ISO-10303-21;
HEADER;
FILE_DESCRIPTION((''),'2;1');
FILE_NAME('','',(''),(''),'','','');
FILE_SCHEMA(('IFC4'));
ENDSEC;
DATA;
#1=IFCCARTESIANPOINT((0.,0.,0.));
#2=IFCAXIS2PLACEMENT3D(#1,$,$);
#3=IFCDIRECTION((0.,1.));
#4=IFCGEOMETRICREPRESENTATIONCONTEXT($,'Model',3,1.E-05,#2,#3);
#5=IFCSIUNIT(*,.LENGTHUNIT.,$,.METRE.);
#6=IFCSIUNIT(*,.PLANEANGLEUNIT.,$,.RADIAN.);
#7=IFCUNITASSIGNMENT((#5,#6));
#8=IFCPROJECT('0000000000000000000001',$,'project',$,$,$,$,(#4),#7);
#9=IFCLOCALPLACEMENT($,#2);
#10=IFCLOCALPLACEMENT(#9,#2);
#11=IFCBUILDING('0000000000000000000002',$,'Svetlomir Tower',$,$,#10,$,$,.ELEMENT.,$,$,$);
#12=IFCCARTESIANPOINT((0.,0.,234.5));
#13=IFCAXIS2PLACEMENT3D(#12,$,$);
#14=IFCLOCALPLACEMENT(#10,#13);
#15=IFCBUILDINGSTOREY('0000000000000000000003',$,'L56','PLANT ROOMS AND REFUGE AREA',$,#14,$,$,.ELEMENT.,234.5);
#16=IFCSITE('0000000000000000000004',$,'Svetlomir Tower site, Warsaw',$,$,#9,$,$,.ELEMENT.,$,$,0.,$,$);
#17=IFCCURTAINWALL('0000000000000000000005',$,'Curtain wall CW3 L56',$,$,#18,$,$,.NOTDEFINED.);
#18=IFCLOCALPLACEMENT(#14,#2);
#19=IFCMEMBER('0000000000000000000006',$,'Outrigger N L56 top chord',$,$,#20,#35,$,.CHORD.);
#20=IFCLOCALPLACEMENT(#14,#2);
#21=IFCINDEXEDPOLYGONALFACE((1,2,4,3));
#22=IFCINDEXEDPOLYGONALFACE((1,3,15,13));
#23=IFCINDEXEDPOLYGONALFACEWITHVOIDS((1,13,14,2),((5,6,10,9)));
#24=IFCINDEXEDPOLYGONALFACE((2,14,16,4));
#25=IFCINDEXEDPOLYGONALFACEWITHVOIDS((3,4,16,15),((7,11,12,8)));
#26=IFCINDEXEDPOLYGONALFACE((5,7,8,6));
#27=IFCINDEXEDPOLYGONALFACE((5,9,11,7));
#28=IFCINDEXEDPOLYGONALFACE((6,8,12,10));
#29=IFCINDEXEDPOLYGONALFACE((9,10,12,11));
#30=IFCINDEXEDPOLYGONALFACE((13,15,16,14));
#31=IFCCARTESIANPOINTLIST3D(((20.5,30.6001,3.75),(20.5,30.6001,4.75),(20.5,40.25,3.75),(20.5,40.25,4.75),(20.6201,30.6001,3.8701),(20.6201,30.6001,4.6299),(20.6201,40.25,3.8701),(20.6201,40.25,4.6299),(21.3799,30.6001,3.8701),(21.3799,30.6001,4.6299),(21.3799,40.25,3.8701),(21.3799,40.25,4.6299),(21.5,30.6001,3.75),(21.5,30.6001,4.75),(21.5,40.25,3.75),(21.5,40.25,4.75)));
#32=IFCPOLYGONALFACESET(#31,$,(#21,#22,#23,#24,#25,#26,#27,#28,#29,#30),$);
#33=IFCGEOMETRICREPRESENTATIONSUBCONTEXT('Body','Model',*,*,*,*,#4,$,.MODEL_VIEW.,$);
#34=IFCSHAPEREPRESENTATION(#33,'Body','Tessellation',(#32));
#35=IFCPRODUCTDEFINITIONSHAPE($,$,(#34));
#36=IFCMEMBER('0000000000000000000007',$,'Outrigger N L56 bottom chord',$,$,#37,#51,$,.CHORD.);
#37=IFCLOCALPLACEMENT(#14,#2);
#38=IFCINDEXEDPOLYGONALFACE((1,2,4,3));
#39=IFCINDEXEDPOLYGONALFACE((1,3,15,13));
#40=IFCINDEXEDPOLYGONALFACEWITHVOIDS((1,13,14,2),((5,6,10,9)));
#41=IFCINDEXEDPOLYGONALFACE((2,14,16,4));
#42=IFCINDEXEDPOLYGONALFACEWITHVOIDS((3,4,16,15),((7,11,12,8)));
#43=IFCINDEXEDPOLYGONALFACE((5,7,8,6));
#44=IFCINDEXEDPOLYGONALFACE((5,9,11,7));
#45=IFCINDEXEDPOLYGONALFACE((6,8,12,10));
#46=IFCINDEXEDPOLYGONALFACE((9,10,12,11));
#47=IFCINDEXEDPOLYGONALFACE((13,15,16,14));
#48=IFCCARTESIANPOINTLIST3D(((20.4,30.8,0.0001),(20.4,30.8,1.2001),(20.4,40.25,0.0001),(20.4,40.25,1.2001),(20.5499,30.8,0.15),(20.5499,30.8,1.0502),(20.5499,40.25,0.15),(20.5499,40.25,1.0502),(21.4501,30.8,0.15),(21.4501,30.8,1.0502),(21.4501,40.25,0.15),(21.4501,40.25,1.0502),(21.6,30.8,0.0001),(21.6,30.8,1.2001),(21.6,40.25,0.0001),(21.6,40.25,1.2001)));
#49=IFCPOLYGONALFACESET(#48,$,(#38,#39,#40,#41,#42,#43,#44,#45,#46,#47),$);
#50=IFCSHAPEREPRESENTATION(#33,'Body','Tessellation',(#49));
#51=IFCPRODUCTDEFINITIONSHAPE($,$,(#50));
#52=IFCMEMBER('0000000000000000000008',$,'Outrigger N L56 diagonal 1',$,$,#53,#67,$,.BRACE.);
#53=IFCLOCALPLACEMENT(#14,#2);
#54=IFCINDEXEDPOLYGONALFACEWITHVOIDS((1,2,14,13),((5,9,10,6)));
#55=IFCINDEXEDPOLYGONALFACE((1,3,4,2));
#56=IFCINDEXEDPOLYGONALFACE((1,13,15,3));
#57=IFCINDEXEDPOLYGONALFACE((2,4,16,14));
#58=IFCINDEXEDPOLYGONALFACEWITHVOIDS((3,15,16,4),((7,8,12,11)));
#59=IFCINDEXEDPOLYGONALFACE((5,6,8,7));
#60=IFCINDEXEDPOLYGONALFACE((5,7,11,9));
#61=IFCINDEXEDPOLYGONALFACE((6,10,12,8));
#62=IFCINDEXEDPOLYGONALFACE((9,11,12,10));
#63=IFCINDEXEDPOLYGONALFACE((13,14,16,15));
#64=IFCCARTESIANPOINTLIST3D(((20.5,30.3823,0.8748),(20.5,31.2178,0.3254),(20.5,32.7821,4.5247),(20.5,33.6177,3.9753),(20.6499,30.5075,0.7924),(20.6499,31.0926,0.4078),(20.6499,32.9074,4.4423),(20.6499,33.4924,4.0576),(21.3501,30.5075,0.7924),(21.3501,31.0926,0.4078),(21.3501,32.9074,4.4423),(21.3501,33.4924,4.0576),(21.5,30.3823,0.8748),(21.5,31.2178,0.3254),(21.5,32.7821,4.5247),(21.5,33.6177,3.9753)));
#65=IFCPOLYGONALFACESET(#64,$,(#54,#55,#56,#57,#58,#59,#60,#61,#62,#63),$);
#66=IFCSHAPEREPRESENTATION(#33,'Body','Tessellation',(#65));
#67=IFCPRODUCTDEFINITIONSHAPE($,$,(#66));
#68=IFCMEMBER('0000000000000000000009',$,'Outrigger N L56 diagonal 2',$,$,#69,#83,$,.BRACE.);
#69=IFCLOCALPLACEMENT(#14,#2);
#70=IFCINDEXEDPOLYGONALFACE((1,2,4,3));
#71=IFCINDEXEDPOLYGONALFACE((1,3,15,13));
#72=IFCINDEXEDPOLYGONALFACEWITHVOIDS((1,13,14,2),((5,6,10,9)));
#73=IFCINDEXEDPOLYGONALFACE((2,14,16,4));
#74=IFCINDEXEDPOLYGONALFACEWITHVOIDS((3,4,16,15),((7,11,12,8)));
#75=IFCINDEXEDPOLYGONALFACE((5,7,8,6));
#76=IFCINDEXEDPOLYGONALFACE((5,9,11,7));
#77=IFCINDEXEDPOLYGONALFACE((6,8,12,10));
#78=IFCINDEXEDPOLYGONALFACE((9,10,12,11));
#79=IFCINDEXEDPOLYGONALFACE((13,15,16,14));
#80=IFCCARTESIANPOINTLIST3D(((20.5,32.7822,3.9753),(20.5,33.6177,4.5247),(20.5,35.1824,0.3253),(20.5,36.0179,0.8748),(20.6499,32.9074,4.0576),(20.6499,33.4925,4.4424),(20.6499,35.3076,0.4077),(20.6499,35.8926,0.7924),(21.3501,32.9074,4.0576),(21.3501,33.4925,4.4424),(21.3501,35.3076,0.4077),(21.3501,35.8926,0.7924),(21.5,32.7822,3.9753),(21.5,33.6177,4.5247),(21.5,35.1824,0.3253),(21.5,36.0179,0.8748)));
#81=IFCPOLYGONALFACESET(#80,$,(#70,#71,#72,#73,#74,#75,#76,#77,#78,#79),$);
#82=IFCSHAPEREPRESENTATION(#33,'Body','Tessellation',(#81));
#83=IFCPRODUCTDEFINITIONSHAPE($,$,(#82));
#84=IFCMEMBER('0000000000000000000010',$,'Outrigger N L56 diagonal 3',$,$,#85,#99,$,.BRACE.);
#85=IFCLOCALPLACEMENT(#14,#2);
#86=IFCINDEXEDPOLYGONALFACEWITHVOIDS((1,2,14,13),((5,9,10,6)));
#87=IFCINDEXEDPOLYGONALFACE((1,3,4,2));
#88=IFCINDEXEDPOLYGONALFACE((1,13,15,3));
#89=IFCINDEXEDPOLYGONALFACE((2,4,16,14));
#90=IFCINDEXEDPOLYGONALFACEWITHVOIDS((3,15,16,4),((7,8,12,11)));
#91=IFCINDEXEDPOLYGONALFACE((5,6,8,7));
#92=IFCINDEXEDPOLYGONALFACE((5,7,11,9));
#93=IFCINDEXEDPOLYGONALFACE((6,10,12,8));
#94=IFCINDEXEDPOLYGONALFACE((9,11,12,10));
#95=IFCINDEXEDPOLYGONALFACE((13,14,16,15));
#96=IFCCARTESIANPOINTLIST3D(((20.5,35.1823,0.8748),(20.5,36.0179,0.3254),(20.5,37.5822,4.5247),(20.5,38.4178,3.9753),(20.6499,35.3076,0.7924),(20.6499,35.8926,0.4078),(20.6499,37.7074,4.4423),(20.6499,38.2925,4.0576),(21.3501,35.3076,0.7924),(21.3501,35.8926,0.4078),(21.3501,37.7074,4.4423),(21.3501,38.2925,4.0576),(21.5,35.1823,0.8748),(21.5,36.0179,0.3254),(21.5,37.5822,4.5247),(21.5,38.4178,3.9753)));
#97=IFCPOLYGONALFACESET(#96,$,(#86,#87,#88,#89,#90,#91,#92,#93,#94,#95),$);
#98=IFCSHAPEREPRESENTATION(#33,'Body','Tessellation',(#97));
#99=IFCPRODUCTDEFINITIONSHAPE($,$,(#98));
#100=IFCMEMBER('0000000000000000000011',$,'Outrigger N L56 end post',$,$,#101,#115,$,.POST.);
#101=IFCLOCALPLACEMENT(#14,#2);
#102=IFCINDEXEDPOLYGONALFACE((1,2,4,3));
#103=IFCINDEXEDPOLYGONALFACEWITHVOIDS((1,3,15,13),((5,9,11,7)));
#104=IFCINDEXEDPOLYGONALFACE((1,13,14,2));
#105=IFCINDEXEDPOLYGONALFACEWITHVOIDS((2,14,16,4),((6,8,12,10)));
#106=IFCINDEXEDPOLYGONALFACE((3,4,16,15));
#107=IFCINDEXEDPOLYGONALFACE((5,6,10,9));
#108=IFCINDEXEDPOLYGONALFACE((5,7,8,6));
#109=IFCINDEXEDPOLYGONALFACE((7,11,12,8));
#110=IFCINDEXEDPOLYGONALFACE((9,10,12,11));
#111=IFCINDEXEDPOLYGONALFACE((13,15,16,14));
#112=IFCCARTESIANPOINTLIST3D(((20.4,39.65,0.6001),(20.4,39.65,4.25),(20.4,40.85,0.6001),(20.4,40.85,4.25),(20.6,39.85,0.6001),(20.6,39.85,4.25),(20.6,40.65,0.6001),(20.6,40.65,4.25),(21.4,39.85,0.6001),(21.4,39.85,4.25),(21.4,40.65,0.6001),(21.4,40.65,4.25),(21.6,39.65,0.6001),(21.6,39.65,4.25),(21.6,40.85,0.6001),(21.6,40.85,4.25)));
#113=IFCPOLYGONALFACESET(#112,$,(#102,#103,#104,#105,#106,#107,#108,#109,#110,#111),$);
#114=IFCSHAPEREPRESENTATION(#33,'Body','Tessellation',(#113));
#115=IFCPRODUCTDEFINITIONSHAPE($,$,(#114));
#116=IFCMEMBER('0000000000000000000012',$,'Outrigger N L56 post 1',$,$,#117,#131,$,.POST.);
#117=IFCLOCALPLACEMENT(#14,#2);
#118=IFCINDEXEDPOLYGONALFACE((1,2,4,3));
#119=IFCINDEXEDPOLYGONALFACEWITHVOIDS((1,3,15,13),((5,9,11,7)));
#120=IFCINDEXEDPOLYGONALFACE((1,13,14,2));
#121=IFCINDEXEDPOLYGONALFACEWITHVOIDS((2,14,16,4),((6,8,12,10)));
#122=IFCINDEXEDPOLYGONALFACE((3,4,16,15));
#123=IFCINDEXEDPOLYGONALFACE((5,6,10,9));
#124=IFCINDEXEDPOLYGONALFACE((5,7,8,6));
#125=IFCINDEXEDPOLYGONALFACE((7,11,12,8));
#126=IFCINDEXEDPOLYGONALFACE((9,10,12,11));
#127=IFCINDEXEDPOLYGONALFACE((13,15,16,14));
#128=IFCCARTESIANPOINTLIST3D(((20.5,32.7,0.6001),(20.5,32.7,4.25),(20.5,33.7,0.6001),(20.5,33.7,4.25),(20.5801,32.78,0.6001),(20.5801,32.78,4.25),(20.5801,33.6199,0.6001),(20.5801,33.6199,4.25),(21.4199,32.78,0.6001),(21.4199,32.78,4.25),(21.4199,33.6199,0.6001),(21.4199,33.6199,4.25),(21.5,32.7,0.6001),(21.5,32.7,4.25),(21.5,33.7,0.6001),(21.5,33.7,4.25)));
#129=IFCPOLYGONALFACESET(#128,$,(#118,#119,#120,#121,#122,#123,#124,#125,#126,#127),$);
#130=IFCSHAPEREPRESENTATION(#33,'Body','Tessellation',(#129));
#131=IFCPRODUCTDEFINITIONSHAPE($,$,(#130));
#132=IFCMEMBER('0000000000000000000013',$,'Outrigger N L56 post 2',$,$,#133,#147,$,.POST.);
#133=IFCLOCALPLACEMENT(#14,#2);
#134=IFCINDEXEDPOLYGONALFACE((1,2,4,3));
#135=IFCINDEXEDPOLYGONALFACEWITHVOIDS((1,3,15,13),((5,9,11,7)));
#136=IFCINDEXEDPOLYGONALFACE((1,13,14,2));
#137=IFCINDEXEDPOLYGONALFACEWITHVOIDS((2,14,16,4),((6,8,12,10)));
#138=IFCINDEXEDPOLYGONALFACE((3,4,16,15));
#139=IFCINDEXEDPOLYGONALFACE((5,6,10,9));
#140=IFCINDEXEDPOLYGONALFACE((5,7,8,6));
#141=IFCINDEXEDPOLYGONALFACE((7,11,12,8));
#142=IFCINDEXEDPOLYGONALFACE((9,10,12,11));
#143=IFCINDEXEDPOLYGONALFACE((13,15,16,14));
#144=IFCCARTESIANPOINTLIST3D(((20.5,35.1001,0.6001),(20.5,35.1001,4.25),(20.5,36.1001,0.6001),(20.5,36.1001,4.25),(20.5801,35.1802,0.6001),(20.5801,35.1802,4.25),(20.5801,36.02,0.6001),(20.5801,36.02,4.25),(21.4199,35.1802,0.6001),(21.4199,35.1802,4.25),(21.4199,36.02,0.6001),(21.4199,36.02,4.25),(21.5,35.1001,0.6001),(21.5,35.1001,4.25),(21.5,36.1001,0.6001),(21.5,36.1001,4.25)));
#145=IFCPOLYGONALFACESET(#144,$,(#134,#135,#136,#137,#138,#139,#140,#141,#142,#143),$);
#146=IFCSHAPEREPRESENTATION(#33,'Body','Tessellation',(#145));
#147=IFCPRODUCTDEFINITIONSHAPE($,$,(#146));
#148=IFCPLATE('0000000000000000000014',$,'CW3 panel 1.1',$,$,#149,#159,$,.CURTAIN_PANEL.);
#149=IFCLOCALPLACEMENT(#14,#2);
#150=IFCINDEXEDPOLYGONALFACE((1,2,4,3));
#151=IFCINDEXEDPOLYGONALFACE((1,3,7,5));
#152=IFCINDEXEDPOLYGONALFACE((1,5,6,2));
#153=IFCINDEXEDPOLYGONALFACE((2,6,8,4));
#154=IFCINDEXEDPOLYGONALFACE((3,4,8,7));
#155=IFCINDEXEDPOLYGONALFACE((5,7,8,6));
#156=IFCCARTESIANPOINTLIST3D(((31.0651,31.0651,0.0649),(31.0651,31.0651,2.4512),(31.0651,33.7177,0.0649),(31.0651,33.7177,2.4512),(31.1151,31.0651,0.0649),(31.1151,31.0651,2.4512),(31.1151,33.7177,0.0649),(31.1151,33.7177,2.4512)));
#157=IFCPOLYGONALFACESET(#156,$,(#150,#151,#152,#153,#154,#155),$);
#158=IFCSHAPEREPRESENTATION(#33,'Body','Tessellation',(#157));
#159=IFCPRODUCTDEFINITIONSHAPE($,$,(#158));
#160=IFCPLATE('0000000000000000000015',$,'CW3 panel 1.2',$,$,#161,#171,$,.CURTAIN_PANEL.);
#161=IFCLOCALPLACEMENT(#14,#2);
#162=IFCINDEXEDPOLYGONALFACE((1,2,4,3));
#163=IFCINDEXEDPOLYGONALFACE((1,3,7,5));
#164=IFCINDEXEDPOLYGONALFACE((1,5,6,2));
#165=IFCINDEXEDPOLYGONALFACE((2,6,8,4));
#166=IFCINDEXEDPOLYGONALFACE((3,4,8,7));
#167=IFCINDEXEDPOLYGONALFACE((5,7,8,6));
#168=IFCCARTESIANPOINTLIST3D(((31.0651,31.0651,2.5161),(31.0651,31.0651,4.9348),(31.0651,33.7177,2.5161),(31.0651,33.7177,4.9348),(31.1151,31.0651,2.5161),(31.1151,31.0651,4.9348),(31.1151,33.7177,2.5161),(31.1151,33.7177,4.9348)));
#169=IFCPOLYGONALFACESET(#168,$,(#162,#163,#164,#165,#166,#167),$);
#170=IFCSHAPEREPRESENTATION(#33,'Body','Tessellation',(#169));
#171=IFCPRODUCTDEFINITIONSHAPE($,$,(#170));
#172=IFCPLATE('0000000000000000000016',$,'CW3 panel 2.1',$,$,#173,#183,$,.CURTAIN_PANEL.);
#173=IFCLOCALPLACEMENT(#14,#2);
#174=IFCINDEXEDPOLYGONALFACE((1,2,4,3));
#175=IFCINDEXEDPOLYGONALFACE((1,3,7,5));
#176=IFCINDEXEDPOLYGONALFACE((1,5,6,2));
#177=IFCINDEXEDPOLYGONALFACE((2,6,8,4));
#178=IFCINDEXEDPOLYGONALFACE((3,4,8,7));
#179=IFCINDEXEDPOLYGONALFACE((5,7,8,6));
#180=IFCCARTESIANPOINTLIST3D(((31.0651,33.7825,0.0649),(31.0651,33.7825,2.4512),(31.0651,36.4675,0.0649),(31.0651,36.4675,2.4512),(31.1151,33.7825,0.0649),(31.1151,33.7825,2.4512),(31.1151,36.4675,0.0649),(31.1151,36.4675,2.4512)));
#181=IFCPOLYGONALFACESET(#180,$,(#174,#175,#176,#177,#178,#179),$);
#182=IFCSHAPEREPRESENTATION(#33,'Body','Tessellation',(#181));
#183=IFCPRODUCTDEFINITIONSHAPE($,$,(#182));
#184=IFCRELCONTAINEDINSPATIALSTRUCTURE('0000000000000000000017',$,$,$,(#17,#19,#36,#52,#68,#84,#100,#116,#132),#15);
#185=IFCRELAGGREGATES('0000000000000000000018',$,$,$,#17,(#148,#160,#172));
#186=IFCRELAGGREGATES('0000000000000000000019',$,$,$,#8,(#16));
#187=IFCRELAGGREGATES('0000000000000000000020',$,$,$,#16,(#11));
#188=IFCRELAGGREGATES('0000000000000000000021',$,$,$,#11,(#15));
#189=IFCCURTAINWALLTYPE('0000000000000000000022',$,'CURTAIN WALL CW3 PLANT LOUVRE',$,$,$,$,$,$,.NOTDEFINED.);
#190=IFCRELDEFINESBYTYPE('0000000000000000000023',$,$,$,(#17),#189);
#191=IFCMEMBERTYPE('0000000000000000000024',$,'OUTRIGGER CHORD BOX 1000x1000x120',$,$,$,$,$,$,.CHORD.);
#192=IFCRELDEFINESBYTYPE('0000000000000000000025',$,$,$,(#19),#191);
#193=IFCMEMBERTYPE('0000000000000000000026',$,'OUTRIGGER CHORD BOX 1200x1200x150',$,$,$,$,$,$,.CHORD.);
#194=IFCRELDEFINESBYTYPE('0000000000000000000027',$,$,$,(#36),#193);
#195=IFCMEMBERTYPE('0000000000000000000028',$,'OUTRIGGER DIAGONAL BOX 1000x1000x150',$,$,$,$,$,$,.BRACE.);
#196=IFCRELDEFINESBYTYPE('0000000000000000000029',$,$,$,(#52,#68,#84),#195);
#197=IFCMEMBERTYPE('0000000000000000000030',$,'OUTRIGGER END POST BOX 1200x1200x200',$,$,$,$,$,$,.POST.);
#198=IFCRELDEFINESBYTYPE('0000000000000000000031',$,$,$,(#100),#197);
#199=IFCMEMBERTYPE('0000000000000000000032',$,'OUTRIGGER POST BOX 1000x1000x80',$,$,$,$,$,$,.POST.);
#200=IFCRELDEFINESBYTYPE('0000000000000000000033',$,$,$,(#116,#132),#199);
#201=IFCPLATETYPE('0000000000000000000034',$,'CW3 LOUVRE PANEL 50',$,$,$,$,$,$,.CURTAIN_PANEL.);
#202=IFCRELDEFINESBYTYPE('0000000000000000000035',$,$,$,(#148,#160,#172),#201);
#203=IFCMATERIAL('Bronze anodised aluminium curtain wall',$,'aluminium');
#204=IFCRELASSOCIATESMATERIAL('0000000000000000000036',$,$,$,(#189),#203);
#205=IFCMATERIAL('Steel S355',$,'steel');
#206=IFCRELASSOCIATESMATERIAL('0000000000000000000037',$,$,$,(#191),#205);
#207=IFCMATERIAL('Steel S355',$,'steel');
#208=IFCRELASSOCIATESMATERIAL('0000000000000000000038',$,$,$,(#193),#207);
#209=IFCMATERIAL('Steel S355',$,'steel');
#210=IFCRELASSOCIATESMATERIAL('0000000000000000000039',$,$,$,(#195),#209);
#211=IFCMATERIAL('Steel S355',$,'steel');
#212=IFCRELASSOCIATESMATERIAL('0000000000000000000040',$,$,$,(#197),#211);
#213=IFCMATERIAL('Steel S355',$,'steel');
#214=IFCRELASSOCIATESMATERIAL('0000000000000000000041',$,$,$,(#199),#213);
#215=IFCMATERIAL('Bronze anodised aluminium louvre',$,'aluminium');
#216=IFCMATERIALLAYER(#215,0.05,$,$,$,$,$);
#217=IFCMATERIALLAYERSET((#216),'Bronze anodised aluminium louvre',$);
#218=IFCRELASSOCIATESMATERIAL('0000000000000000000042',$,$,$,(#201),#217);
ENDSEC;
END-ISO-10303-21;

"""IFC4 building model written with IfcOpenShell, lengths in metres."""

from ifc_helpers import new_model, si_unit, direction, frame, origin, origin_2d, place, context, subcontext, project, spatial, rectangle, hollow_rectangle, extrude, material, layer, layer_set, material_profile, profile_set, type_object, element, aggregate, save


model = new_model("IFC4")

# Units and contexts
model_context = context("Model", 3, precision=1e-05, world=origin(), true_north=direction((0.0, 1.0)))
body_context = subcontext(model_context, "Body", "Model", "MODEL_VIEW")
ifc_project = project(units=[si_unit("LENGTHUNIT", "METRE"), si_unit("PLANEANGLEUNIT", "RADIAN")], contexts=[model_context])

# Site, building, storey
site_placement = place(None, origin())
site = spatial("IfcSite", under=ifc_project, at=site_placement, Name="Svetlomir Tower site, Warsaw", CompositionType="ELEMENT", RefElevation=0.0)
building_placement = place(site_placement, origin())
building = spatial("IfcBuilding", under=site, at=building_placement, Name="Svetlomir Tower", CompositionType="ELEMENT")
storey_placement = place(building_placement, frame((0.0, 0.0, 234.5)))
storey = spatial("IfcBuildingStorey", under=building, at=storey_placement, Name="L56", Description="PLANT ROOMS AND REFUGE AREA", CompositionType="ELEMENT", Elevation=234.5)

# Shared definitions
ifc_material_1 = material(Name="Bronze anodised aluminium curtain wall", Category="aluminium")
curtain_wall_type = type_object("IfcCurtainWallType", Name="CURTAIN WALL CW3 PLANT LOUVRE", PredefinedType="NOTDEFINED", material=ifc_material_1)

# Curtain wall
curtain_wall_1_placement = place(storey_placement, origin())
curtain_wall_1 = element("IfcCurtainWall", 1, at=curtain_wall_1_placement, inside=storey, type_object=curtain_wall_type, Name="Curtain wall CW3 L56", PredefinedType="NOTDEFINED")

# Members
ifc_material_2 = material(Name="Steel S355", Category="steel")
ifc_material_profile_1 = material_profile(ifc_material_2, hollow_rectangle(XDim=1.0, YDim=1.0, WallThickness=0.1201, at=origin_2d()), Name="BOX 1000x1000x120")
ifc_profile_set_1 = profile_set([ifc_material_profile_1], Name="Steel S355")
member_type_1 = type_object("IfcMemberType", Name="OUTRIGGER CHORD BOX 1000x1000x120", PredefinedType="CHORD", material=ifc_profile_set_1)
member_1_placement = place(storey_placement, frame((21.0, 30.6001, 4.25), z_axis=(0.0, 1.0, 0.0), x_axis=(-1.0, 0.0, 0.0)))
element("IfcMember", 2, at=member_1_placement, inside=storey, type_object=member_type_1, Name="Outrigger N L56 top chord", PredefinedType="CHORD", context=body_context, shape_type="SweptSolid", body=[
    extrude(hollow_rectangle(XDim=1.0, YDim=1.0, WallThickness=0.1201, at=origin_2d()), origin(), (0.0, 0.0, 1.0), 9.6499),
])
ifc_material_3 = material(Name="Steel S355", Category="steel")
ifc_material_profile_2 = material_profile(ifc_material_3, hollow_rectangle(XDim=1.2, YDim=1.2, WallThickness=0.1499, at=origin_2d()), Name="BOX 1200x1200x150")
ifc_profile_set_2 = profile_set([ifc_material_profile_2], Name="Steel S355")
member_type_2 = type_object("IfcMemberType", Name="OUTRIGGER CHORD BOX 1200x1200x150", PredefinedType="CHORD", material=ifc_profile_set_2)
member_2_placement = place(storey_placement, frame((21.0, 30.8, 0.6001), z_axis=(0.0, 1.0, 0.0), x_axis=(-1.0, 0.0, 0.0)))
element("IfcMember", 3, at=member_2_placement, inside=storey, type_object=member_type_2, Name="Outrigger N L56 bottom chord", PredefinedType="CHORD", context=body_context, shape_type="SweptSolid", body=[
    extrude(hollow_rectangle(XDim=1.2, YDim=1.2, WallThickness=0.1499, at=origin_2d()), origin(), (0.0, 0.0, 1.0), 9.45),
])
ifc_material_4 = material(Name="Steel S355", Category="steel")
ifc_material_profile_3 = material_profile(ifc_material_4, hollow_rectangle(XDim=1.0, YDim=1.0, WallThickness=0.1499, at=origin_2d()), Name="BOX 1000x1000x150")
ifc_profile_set_3 = profile_set([ifc_material_profile_3], Name="Steel S355")
member_type_3 = type_object("IfcMemberType", Name="OUTRIGGER DIAGONAL BOX 1000x1000x150", PredefinedType="BRACE", material=ifc_profile_set_3)
member_3_placement = place(storey_placement, frame((21.0, 30.8, 0.6001), z_axis=(0.0, 0.549401, 0.835559), x_axis=(-1.0, 0.0, 0.0)))
element("IfcMember", 4, at=member_3_placement, inside=storey, type_object=member_type_3, Name="Outrigger N L56 diagonal 1", PredefinedType="BRACE", context=body_context, shape_type="SweptSolid", body=[
    extrude(hollow_rectangle(XDim=1.0, YDim=1.0, WallThickness=0.1499, at=origin_2d()), origin(), (0.0, 0.0, 1.0), 4.3682),
])
member_4_placement = place(storey_placement, frame((21.0, 33.2, 4.25), z_axis=(0.0, 0.54944, -0.835533), x_axis=(-1.0, 0.0, 0.0)))
element("IfcMember", 5, at=member_4_placement, inside=storey, type_object=member_type_3, Name="Outrigger N L56 diagonal 2", PredefinedType="BRACE", context=body_context, shape_type="SweptSolid", body=[
    extrude(hollow_rectangle(XDim=1.0, YDim=1.0, WallThickness=0.1499, at=origin_2d()), origin(), (0.0, 0.0, 1.0), 4.3684),
])
member_5_placement = place(storey_placement, frame((21.0, 35.6001, 0.6001), z_axis=(0.0, 0.549401, 0.835559), x_axis=(-1.0, 0.0, 0.0)))
element("IfcMember", 6, at=member_5_placement, inside=storey, type_object=member_type_3, Name="Outrigger N L56 diagonal 3", PredefinedType="BRACE", context=body_context, shape_type="SweptSolid", body=[
    extrude(hollow_rectangle(XDim=1.0, YDim=1.0, WallThickness=0.1499, at=origin_2d()), origin(), (0.0, 0.0, 1.0), 4.3682),
])
ifc_material_5 = material(Name="Steel S355", Category="steel")
ifc_material_profile_4 = material_profile(ifc_material_5, hollow_rectangle(XDim=1.2, YDim=1.2, WallThickness=0.2, at=origin_2d()), Name="BOX 1200x1200x200")
ifc_profile_set_4 = profile_set([ifc_material_profile_4], Name="Steel S355")
member_type_4 = type_object("IfcMemberType", Name="OUTRIGGER END POST BOX 1200x1200x200", PredefinedType="POST", material=ifc_profile_set_4)
member_6_placement = place(storey_placement, frame((21.0, 40.25, 0.6001), z_axis=(0.0, 0.0, 1.0), x_axis=(1.0, 0.0, 0.0)))
element("IfcMember", 7, at=member_6_placement, inside=storey, type_object=member_type_4, Name="Outrigger N L56 end post", PredefinedType="POST", context=body_context, shape_type="SweptSolid", body=[
    extrude(hollow_rectangle(XDim=1.2, YDim=1.2, WallThickness=0.2, at=origin_2d()), origin(), (0.0, 0.0, 1.0), 3.6499),
])
ifc_material_6 = material(Name="Steel S355", Category="steel")
ifc_material_profile_5 = material_profile(ifc_material_6, hollow_rectangle(XDim=1.0, YDim=1.0, WallThickness=0.0801, at=origin_2d()), Name="BOX 1000x1000x80")
ifc_profile_set_5 = profile_set([ifc_material_profile_5], Name="Steel S355")
member_type_5 = type_object("IfcMemberType", Name="OUTRIGGER POST BOX 1000x1000x80", PredefinedType="POST", material=ifc_profile_set_5)
for number, where, z_axis, x_axis, name in (
    (8, (21.0, 33.2, 0.6001), (0.0, 0.0, 1.0), (1.0, 0.0, 0.0), "Outrigger N L56 post 1"),
    (9, (21.0, 35.6001, 0.6001), (0.0, 0.0, 1.0), (1.0, 0.0, 0.0), "Outrigger N L56 post 2"),
):
    element("IfcMember", number, at=place(storey_placement, frame(where, z_axis=z_axis, x_axis=x_axis)), inside=storey, type_object=member_type_5, Name=name, PredefinedType="POST", context=body_context, shape_type="SweptSolid", body=[
        extrude(hollow_rectangle(XDim=1.0, YDim=1.0, WallThickness=0.0801, at=origin_2d()), origin(), (0.0, 0.0, 1.0), 3.6499),
    ])

# Plates
ifc_material_7 = material(Name="Bronze anodised aluminium louvre", Category="aluminium")
ifc_layer_1 = layer(ifc_material_7, 0.05)
ifc_layer_set_1 = layer_set([ifc_layer_1], Name="Bronze anodised aluminium louvre")
plate_type = type_object("IfcPlateType", Name="CW3 LOUVRE PANEL 50", PredefinedType="CURTAIN_PANEL", material=ifc_layer_set_1)
plate_1_placement = place(storey_placement, frame((31.0901, 32.3914, 0.0649), z_axis=(0.0, 0.0, 1.0), x_axis=(0.0, 1.0, 0.0)))
plate_1 = element("IfcPlate", 10, at=plate_1_placement, type_object=plate_type, Name="CW3 panel 1.1", PredefinedType="CURTAIN_PANEL", context=body_context, shape_type="SweptSolid", body=[
    extrude(rectangle(XDim=2.6526, YDim=0.05, at=origin_2d()), origin(), (0.0, 0.0, 1.0), 2.3862),
])
plate_2_placement = place(storey_placement, frame((31.0901, 32.3914, 2.5161), z_axis=(0.0, 0.0, 1.0), x_axis=(0.0, 1.0, 0.0)))
plate_2 = element("IfcPlate", 11, at=plate_2_placement, type_object=plate_type, Name="CW3 panel 1.2", PredefinedType="CURTAIN_PANEL", context=body_context, shape_type="SweptSolid", body=[
    extrude(rectangle(XDim=2.6526, YDim=0.05, at=origin_2d()), origin(), (0.0, 0.0, 1.0), 2.4187),
])
plate_3_placement = place(storey_placement, frame((31.0901, 35.125, 0.0649), z_axis=(0.0, 0.0, 1.0), x_axis=(0.0, 1.0, 0.0)))
plate_3 = element("IfcPlate", 12, at=plate_3_placement, type_object=plate_type, Name="CW3 panel 2.1", PredefinedType="CURTAIN_PANEL", context=body_context, shape_type="SweptSolid", body=[
    extrude(rectangle(XDim=2.6851, YDim=0.05, at=origin_2d()), origin(), (0.0, 0.0, 1.0), 2.3862),
])
aggregate(curtain_wall_1, [plate_1, plate_2, plate_3])

save(model, "model.ifc")
